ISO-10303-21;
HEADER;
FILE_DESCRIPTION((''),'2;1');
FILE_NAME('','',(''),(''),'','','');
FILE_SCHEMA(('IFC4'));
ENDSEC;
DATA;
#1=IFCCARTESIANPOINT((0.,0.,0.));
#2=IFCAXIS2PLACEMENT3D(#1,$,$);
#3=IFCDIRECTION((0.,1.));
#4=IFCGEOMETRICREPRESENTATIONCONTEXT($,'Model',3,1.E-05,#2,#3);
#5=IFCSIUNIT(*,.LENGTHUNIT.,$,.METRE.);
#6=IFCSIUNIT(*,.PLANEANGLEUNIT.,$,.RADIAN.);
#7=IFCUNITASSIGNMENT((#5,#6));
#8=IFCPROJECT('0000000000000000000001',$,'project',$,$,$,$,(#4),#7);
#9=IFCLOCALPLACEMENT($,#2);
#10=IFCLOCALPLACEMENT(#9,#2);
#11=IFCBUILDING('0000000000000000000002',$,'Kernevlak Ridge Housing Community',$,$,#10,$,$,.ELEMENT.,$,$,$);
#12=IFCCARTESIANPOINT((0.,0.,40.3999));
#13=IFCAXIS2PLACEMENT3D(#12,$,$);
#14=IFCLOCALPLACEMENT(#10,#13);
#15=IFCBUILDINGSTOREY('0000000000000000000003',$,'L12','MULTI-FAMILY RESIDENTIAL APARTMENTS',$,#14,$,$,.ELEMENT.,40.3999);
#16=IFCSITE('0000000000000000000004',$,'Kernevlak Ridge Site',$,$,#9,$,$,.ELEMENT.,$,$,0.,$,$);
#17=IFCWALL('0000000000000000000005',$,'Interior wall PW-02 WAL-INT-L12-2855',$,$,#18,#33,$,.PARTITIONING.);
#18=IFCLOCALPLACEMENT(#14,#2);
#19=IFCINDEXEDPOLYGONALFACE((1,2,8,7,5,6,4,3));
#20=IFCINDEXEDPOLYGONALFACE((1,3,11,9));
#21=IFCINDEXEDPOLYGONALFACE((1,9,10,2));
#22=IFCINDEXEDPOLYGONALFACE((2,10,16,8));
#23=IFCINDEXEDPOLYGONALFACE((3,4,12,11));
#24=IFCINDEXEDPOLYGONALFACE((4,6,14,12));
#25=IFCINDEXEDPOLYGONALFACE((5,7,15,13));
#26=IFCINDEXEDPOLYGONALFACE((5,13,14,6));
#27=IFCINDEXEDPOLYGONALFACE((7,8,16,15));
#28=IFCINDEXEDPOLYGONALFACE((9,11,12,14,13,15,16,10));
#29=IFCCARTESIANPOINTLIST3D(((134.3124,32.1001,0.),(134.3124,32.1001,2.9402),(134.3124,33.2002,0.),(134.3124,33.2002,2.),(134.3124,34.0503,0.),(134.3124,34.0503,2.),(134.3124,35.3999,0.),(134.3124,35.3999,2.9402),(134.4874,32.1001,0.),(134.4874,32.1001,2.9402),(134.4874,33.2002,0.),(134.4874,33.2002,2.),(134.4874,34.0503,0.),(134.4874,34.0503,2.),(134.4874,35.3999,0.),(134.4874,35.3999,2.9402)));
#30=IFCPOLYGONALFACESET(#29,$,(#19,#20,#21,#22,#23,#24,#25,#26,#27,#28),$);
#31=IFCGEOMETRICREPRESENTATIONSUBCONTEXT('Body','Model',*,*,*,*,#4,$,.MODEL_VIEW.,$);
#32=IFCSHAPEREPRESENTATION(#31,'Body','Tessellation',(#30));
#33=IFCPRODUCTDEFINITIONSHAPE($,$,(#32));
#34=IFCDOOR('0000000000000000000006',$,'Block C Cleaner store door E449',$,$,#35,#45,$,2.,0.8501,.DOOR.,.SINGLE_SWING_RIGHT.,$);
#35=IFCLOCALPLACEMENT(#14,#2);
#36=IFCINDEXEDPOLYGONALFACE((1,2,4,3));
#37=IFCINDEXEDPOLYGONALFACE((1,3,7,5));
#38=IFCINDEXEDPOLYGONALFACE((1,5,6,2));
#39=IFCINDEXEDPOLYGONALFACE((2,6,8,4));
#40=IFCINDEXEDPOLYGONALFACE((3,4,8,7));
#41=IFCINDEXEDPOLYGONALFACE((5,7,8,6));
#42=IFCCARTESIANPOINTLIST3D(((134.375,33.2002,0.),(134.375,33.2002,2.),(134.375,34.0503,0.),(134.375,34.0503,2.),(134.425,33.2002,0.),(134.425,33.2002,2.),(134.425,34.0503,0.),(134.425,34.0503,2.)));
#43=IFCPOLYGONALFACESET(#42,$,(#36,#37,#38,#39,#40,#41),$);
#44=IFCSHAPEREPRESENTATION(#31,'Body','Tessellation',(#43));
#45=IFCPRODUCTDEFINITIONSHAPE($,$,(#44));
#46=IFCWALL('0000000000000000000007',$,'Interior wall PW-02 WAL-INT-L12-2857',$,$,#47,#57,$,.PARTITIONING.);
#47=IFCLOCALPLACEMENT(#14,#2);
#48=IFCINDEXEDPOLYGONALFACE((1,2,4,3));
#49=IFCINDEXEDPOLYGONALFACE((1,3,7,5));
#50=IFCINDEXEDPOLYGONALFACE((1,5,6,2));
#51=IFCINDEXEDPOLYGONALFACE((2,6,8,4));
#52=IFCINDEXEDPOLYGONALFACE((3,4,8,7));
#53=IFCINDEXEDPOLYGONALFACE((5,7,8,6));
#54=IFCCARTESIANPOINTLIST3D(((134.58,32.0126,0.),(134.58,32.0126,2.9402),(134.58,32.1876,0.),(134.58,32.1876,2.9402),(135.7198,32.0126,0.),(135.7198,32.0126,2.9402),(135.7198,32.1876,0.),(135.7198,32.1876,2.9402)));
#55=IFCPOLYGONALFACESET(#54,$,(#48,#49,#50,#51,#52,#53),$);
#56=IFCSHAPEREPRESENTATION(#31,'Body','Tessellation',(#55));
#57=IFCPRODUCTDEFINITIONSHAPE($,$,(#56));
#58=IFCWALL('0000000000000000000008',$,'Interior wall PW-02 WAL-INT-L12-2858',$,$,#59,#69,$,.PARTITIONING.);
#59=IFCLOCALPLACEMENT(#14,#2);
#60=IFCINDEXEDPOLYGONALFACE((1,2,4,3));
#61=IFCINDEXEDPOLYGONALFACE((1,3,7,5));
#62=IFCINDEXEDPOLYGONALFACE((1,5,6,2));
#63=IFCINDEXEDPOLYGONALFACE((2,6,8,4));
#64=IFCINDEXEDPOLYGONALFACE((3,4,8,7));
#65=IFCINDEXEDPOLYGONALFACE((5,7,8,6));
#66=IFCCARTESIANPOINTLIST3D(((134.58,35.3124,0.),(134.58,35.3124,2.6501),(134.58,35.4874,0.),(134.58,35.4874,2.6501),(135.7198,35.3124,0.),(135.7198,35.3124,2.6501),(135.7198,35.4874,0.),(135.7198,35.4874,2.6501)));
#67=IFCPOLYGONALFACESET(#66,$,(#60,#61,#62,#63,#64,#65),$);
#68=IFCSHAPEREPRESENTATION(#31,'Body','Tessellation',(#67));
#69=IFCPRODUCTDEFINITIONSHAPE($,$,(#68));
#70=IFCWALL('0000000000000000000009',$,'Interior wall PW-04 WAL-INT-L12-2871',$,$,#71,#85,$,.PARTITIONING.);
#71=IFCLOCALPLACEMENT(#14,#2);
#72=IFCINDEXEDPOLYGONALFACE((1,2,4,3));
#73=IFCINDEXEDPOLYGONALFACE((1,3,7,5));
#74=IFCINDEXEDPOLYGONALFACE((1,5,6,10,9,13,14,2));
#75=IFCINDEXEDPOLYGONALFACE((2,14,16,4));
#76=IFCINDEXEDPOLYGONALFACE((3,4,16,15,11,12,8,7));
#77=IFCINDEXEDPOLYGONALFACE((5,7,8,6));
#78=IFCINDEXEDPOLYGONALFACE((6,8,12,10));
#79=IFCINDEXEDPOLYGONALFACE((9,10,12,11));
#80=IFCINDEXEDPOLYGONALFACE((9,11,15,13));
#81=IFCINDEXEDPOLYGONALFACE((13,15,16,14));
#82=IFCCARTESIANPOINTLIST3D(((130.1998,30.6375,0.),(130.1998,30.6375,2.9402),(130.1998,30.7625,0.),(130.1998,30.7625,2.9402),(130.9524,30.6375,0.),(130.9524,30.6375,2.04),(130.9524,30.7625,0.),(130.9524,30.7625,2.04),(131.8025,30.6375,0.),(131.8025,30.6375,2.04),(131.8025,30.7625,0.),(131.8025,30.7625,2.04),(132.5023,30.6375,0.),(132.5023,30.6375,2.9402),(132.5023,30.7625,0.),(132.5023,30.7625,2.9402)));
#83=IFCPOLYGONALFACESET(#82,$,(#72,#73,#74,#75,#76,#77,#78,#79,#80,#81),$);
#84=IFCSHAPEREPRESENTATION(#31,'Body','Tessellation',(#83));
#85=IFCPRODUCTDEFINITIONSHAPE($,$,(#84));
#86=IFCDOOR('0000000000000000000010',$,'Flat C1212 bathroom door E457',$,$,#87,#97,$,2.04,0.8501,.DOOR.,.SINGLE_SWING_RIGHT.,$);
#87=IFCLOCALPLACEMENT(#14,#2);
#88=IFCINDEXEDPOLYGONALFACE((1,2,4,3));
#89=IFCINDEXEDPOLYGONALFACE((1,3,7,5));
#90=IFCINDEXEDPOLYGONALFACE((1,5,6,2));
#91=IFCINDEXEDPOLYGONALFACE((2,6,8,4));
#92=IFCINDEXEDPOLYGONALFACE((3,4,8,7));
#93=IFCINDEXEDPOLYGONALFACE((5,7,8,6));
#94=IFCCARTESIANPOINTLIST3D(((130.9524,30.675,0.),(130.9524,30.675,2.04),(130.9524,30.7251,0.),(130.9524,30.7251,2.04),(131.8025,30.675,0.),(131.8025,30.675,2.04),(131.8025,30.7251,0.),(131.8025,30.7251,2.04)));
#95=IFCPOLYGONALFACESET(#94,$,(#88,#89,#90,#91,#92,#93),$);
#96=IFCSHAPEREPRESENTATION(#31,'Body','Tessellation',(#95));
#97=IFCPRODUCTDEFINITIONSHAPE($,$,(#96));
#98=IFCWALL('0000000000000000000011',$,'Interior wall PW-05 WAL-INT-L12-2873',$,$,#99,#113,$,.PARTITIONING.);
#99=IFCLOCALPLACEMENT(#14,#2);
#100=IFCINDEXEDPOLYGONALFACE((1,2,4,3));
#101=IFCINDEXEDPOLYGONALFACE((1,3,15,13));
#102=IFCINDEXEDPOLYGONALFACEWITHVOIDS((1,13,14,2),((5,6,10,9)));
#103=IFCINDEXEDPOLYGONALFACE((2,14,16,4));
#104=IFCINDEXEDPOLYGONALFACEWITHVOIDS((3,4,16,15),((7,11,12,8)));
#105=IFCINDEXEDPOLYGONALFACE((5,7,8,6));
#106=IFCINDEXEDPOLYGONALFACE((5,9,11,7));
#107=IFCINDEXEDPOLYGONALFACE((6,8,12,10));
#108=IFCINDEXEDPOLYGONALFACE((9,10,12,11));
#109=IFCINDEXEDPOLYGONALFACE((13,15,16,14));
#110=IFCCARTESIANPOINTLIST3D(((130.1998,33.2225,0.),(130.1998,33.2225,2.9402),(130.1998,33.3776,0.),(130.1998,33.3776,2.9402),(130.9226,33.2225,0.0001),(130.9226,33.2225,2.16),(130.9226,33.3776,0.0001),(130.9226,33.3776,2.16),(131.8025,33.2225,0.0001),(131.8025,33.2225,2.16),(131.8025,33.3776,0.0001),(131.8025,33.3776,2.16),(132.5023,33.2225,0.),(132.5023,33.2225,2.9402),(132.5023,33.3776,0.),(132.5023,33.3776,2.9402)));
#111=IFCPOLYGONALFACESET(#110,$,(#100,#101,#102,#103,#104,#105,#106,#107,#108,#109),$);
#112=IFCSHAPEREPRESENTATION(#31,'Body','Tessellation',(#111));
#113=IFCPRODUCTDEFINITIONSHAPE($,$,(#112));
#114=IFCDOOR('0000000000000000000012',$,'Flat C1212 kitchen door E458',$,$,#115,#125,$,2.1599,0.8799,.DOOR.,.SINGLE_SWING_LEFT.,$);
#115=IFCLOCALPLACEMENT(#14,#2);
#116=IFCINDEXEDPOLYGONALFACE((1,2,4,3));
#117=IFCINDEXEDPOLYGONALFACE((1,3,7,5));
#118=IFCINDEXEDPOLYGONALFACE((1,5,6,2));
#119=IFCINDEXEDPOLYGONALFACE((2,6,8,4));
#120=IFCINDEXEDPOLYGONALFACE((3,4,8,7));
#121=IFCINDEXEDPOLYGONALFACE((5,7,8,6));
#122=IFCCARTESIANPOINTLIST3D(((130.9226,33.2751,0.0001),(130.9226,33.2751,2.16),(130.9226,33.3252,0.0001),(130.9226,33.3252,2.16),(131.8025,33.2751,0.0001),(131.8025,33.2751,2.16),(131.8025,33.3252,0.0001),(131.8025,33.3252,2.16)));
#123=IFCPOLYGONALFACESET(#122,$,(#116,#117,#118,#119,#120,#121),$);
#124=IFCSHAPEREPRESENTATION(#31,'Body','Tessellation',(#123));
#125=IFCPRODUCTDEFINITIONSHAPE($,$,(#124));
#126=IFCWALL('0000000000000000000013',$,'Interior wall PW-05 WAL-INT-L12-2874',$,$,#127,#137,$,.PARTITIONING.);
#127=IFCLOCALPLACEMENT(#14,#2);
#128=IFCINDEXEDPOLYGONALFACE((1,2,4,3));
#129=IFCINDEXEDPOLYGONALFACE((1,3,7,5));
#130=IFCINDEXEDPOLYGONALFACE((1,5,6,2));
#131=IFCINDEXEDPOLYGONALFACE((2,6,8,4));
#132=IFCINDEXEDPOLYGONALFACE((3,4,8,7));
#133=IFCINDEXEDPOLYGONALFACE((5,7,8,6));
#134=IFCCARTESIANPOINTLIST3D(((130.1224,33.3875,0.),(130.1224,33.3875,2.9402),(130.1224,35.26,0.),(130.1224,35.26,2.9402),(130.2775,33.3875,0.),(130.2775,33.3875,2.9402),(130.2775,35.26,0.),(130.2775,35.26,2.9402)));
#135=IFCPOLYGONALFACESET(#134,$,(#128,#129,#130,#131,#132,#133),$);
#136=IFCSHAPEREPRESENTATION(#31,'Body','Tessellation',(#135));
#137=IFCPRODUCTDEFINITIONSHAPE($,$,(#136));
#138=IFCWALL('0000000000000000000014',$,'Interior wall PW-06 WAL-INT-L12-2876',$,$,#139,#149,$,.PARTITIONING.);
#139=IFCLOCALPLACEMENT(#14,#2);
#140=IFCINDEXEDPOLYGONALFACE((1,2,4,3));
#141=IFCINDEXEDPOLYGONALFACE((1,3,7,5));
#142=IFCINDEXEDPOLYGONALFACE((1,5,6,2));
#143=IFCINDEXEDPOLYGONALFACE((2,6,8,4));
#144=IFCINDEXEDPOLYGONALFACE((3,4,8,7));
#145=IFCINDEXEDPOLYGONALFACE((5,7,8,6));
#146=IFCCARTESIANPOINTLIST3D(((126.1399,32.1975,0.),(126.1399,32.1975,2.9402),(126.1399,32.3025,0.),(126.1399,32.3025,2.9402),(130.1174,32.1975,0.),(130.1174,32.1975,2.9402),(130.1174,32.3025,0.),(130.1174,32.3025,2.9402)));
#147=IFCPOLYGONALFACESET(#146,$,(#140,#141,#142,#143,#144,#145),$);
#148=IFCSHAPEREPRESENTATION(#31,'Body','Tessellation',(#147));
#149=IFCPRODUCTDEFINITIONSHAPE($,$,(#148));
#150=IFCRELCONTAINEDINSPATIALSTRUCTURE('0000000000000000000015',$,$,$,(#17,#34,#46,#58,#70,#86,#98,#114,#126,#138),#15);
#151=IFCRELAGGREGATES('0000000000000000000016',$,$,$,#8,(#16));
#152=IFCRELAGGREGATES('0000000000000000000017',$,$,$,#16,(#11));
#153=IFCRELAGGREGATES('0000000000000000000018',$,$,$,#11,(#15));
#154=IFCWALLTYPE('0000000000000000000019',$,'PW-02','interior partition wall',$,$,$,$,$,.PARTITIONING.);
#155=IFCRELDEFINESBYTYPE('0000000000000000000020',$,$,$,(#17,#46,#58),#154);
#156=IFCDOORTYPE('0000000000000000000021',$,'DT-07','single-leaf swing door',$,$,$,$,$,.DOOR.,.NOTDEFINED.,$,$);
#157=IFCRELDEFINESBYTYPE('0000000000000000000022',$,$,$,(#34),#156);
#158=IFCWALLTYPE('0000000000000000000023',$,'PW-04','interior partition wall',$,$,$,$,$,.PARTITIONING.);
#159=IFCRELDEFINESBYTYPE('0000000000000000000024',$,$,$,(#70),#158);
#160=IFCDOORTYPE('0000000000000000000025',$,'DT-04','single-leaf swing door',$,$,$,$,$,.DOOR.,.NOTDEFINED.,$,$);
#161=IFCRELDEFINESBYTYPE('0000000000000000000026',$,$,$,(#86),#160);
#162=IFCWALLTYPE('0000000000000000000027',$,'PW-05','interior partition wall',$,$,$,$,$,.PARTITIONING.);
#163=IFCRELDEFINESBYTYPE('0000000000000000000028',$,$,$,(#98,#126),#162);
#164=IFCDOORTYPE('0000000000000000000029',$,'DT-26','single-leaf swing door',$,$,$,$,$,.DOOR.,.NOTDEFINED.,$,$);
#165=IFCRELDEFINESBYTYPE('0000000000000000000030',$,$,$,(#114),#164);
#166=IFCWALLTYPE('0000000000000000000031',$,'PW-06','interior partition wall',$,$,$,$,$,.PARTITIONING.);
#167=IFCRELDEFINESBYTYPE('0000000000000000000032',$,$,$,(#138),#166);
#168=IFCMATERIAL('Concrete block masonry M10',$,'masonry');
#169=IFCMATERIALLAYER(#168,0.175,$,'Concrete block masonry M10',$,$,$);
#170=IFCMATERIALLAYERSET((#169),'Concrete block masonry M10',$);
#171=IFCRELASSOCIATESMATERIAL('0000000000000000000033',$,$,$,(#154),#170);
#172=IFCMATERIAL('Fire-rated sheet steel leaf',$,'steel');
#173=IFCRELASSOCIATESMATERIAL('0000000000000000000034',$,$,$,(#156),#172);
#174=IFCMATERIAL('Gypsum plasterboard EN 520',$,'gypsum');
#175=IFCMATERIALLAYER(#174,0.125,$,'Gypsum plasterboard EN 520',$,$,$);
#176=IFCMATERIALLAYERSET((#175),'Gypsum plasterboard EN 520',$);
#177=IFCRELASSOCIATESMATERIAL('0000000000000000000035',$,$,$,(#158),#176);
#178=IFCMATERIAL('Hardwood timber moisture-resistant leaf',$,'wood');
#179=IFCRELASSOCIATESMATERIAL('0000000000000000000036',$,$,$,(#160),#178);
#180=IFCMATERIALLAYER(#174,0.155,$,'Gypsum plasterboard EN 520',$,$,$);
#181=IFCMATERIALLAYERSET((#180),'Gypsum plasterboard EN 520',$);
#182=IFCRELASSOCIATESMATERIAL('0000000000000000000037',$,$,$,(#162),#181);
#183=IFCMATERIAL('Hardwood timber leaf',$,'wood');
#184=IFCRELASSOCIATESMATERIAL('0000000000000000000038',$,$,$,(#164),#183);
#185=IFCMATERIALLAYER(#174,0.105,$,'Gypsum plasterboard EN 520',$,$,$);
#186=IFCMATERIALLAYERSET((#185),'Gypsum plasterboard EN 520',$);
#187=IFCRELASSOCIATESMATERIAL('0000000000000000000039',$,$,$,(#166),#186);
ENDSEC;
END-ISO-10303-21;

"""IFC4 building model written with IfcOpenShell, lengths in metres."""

from ifc_helpers import new_model, si_unit, direction, frame, frame_2d, origin, place, context, subcontext, project, spatial, rectangle, extrude, material, layer, layer_set, type_object, element, fill, save


model = new_model("IFC4")

# Units and contexts
model_context = context("Model", 3, precision=1e-05, world=origin(), true_north=direction((0.0, 1.0)))
body_context = subcontext(model_context, "Body", "Model", "MODEL_VIEW")
ifc_project = project(units=[si_unit("LENGTHUNIT", "METRE"), si_unit("PLANEANGLEUNIT", "RADIAN")], contexts=[model_context])

# Site, building, storey
site_placement = place(None, origin())
site = spatial("IfcSite", under=ifc_project, at=site_placement, Name="Kernevlak Ridge Site", CompositionType="ELEMENT", RefElevation=0.0)
building_placement = place(site_placement, origin())
building = spatial("IfcBuilding", under=site, at=building_placement, Name="Kernevlak Ridge Housing Community", CompositionType="ELEMENT")
storey_placement = place(building_placement, frame((0.0, 0.0, 40.3999)))
storey = spatial("IfcBuildingStorey", under=building, at=storey_placement, Name="L12", Description="MULTI-FAMILY RESIDENTIAL APARTMENTS", CompositionType="ELEMENT", Elevation=40.3999)

# Shared definitions
ifc_material_1 = material(Name="Concrete block masonry M10", Category="masonry")

# Wall, opening, door
ifc_layer_1 = layer(ifc_material_1, 0.175, Name="Concrete block masonry M10")
ifc_layer_set_1 = layer_set([ifc_layer_1], Name="Concrete block masonry M10")
wall_type_1 = type_object("IfcWallType", Name="PW-02", Description="interior partition wall", PredefinedType="PARTITIONING", material=ifc_layer_set_1)
wall_1_placement = place(storey_placement, frame((134.3999, 32.1001, 0.0), z_axis=(0.0, 0.0, 1.0), x_axis=(0.0, 1.0, 0.0)))
wall_1 = element("IfcWall", 1, at=wall_1_placement, inside=storey, type_object=wall_type_1, Name="Interior wall PW-02 WAL-INT-L12-2855", PredefinedType="PARTITIONING", context=body_context, shape_type="SweptSolid", body=[
    extrude(rectangle(XDim=3.2998, YDim=0.175, at=frame_2d((1.6499, 0.0))), origin(), (0.0, 0.0, 1.0), 2.9402),
])
opening_1_placement = place(wall_1_placement, frame((1.1001, 0.0, 0.0)))
opening_1 = element("IfcOpeningElement", 2, at=opening_1_placement, cuts=wall_1, PredefinedType="OPENING", context=body_context, shape_type="SweptSolid", body=[
    extrude(rectangle(XDim=0.8501, YDim=2.0, at=frame_2d((0.425, 1.0))), frame((0.0, 0.0974, 0.0), z_axis=(0.0, -1.0, 0.0), x_axis=(1.0, 0.0, 0.0)), (0.0, 0.0, 1.0), 0.1951),
])
ifc_material_2 = material(Name="Fire-rated sheet steel leaf", Category="steel")
door_type_1 = type_object("IfcDoorType", Name="DT-07", Description="single-leaf swing door", OperationType="NOTDEFINED", PredefinedType="DOOR", material=ifc_material_2)
door_1_placement = place(opening_1_placement, origin())
door_1 = element("IfcDoor", 3, at=door_1_placement, inside=storey, type_object=door_type_1, Name="Block C Cleaner store door E449", OperationType="SINGLE_SWING_RIGHT", OverallHeight=2.0, OverallWidth=0.8501, PredefinedType="DOOR", context=body_context, shape_type="SweptSolid", body=[
    extrude(rectangle(XDim=0.8501, YDim=2.0, at=frame_2d((0.425, 1.0))), frame((0.0, 0.0249, 0.0), z_axis=(0.0, -1.0, 0.0), x_axis=(1.0, 0.0, 0.0)), (0.0, 0.0, 1.0), 0.05),
])
fill(opening_1, door_1)

# Walls
wall_2_placement = place(storey_placement, frame((134.5801, 32.1001, 0.0), z_axis=(0.0, 0.0, 1.0), x_axis=(1.0, 0.0, 0.0)))
element("IfcWall", 4, at=wall_2_placement, inside=storey, type_object=wall_type_1, Name="Interior wall PW-02 WAL-INT-L12-2857", PredefinedType="PARTITIONING", context=body_context, shape_type="SweptSolid", body=[
    extrude(rectangle(XDim=1.1399, YDim=0.175, at=frame_2d((0.5698, 0.0))), origin(), (0.0, 0.0, 1.0), 2.9402),
])
wall_3_placement = place(storey_placement, frame((134.5801, 35.3999, 0.0), z_axis=(0.0, 0.0, 1.0), x_axis=(1.0, 0.0, 0.0)))
element("IfcWall", 5, at=wall_3_placement, inside=storey, type_object=wall_type_1, Name="Interior wall PW-02 WAL-INT-L12-2858", PredefinedType="PARTITIONING", context=body_context, shape_type="SweptSolid", body=[
    extrude(rectangle(XDim=1.1399, YDim=0.175, at=frame_2d((0.5698, 0.0))), origin(), (0.0, 0.0, 1.0), 2.6501),
])

# Walls, openings, doors
ifc_material_3 = material(Name="Hardwood timber leaf", Category="wood")
ifc_material_4 = material(Name="Gypsum plasterboard EN 520", Category="gypsum")
ifc_layer_2 = layer(ifc_material_4, 0.125, Name="Gypsum plasterboard EN 520")
ifc_layer_set_2 = layer_set([ifc_layer_2], Name="Gypsum plasterboard EN 520")
wall_type_2 = type_object("IfcWallType", Name="PW-04", Description="interior partition wall", PredefinedType="PARTITIONING", material=ifc_layer_set_2)
wall_4_placement = place(storey_placement, frame((132.5024, 30.7, 0.0), z_axis=(0.0, 0.0, 1.0), x_axis=(-1.0, 0.0, 0.0)))
wall_4 = element("IfcWall", 6, at=wall_4_placement, inside=storey, type_object=wall_type_2, Name="Interior wall PW-04 WAL-INT-L12-2871", PredefinedType="PARTITIONING", context=body_context, shape_type="SweptSolid", body=[
    extrude(rectangle(XDim=2.3025, YDim=0.125, at=frame_2d((1.1514, 0.0))), origin(), (0.0, 0.0, 1.0), 2.9402),
])
opening_2_placement = place(wall_4_placement, frame((0.7, 0.0, 0.0)))
opening_2 = element("IfcOpeningElement", 7, at=opening_2_placement, cuts=wall_4, PredefinedType="OPENING", context=body_context, shape_type="SweptSolid", body=[
    extrude(rectangle(XDim=0.8501, YDim=2.04, at=frame_2d((0.425, 1.02))), frame((0.0, 0.0725, 0.0), z_axis=(0.0, -1.0, 0.0), x_axis=(1.0, 0.0, 0.0)), (0.0, 0.0, 1.0), 0.145),
])
ifc_material_5 = material(Name="Hardwood timber moisture-resistant leaf", Category="wood")
door_type_2 = type_object("IfcDoorType", Name="DT-04", Description="single-leaf swing door", OperationType="NOTDEFINED", PredefinedType="DOOR", material=ifc_material_5)
door_2_placement = place(opening_2_placement, origin())
door_2 = element("IfcDoor", 8, at=door_2_placement, inside=storey, type_object=door_type_2, Name="Flat C1212 bathroom door E457", OperationType="SINGLE_SWING_RIGHT", OverallHeight=2.04, OverallWidth=0.8501, PredefinedType="DOOR", context=body_context, shape_type="SweptSolid", body=[
    extrude(rectangle(XDim=0.8501, YDim=2.04, at=frame_2d((0.425, 1.02))), frame((0.0, 0.0249, 0.0), z_axis=(0.0, -1.0, 0.0), x_axis=(1.0, 0.0, 0.0)), (0.0, 0.0, 1.0), 0.05),
])
fill(opening_2, door_2)
ifc_layer_3 = layer(ifc_material_4, 0.155, Name="Gypsum plasterboard EN 520")
ifc_layer_set_3 = layer_set([ifc_layer_3], Name="Gypsum plasterboard EN 520")
wall_type_3 = type_object("IfcWallType", Name="PW-05", Description="interior partition wall", PredefinedType="PARTITIONING", material=ifc_layer_set_3)
wall_5_placement = place(storey_placement, frame((132.5024, 33.3, 0.0), z_axis=(0.0, 0.0, 1.0), x_axis=(-1.0, 0.0, 0.0)))
wall_5 = element("IfcWall", 9, at=wall_5_placement, inside=storey, type_object=wall_type_3, Name="Interior wall PW-05 WAL-INT-L12-2873", PredefinedType="PARTITIONING", context=body_context, shape_type="SweptSolid", body=[
    extrude(rectangle(XDim=2.3025, YDim=0.155, at=frame_2d((1.1514, 0.0))), origin(), (0.0, 0.0, 1.0), 2.9402),
])
opening_3_placement = place(wall_5_placement, frame((0.7, 0.0, 0.0)))
opening_3 = element("IfcOpeningElement", 10, at=opening_3_placement, cuts=wall_5, PredefinedType="OPENING", context=body_context, shape_type="SweptSolid", body=[
    extrude(rectangle(XDim=0.8799, YDim=2.1599, at=frame_2d((0.4399, 1.0801))), frame((0.0, 0.0874, 0.0), z_axis=(0.0, -1.0, 0.0), x_axis=(1.0, 0.0, 0.0)), (0.0, 0.0, 1.0), 0.175),
])
door_type_3 = type_object("IfcDoorType", Name="DT-26", Description="single-leaf swing door", OperationType="NOTDEFINED", PredefinedType="DOOR", material=ifc_material_3)
door_3_placement = place(opening_3_placement, origin())
door_3 = element("IfcDoor", 11, at=door_3_placement, inside=storey, type_object=door_type_3, Name="Flat C1212 kitchen door E458", OperationType="SINGLE_SWING_LEFT", OverallHeight=2.1599, OverallWidth=0.8799, PredefinedType="DOOR", context=body_context, shape_type="SweptSolid", body=[
    extrude(rectangle(XDim=0.8799, YDim=2.1599, at=frame_2d((0.4399, 1.0801))), frame((0.0, 0.0249, 0.0), z_axis=(0.0, -1.0, 0.0), x_axis=(1.0, 0.0, 0.0)), (0.0, 0.0, 1.0), 0.05),
])
fill(opening_3, door_3)

# Walls
wall_6_placement = place(storey_placement, frame((130.2, 33.3875, 0.0), z_axis=(0.0, 0.0, 1.0), x_axis=(0.0, 1.0, 0.0)))
element("IfcWall", 12, at=wall_6_placement, inside=storey, type_object=wall_type_3, Name="Interior wall PW-05 WAL-INT-L12-2874", PredefinedType="PARTITIONING", context=body_context, shape_type="SweptSolid", body=[
    extrude(rectangle(XDim=1.8726, YDim=0.155, at=frame_2d((0.9363, 0.0))), origin(), (0.0, 0.0, 1.0), 2.9402),
])
ifc_layer_4 = layer(ifc_material_4, 0.105, Name="Gypsum plasterboard EN 520")
ifc_layer_set_4 = layer_set([ifc_layer_4], Name="Gypsum plasterboard EN 520")
wall_type_4 = type_object("IfcWallType", Name="PW-06", Description="interior partition wall", PredefinedType="PARTITIONING", material=ifc_layer_set_4)
wall_7_placement = place(storey_placement, frame((130.1174, 32.25, 0.0), z_axis=(0.0, 0.0, 1.0), x_axis=(-1.0, 0.0, 0.0)))
element("IfcWall", 13, at=wall_7_placement, inside=storey, type_object=wall_type_4, Name="Interior wall PW-06 WAL-INT-L12-2876", PredefinedType="PARTITIONING", context=body_context, shape_type="SweptSolid", body=[
    extrude(rectangle(XDim=3.9775, YDim=0.105, at=frame_2d((1.9888, 0.0))), origin(), (0.0, 0.0, 1.0), 2.9402),
])

save(model, "model.ifc")
